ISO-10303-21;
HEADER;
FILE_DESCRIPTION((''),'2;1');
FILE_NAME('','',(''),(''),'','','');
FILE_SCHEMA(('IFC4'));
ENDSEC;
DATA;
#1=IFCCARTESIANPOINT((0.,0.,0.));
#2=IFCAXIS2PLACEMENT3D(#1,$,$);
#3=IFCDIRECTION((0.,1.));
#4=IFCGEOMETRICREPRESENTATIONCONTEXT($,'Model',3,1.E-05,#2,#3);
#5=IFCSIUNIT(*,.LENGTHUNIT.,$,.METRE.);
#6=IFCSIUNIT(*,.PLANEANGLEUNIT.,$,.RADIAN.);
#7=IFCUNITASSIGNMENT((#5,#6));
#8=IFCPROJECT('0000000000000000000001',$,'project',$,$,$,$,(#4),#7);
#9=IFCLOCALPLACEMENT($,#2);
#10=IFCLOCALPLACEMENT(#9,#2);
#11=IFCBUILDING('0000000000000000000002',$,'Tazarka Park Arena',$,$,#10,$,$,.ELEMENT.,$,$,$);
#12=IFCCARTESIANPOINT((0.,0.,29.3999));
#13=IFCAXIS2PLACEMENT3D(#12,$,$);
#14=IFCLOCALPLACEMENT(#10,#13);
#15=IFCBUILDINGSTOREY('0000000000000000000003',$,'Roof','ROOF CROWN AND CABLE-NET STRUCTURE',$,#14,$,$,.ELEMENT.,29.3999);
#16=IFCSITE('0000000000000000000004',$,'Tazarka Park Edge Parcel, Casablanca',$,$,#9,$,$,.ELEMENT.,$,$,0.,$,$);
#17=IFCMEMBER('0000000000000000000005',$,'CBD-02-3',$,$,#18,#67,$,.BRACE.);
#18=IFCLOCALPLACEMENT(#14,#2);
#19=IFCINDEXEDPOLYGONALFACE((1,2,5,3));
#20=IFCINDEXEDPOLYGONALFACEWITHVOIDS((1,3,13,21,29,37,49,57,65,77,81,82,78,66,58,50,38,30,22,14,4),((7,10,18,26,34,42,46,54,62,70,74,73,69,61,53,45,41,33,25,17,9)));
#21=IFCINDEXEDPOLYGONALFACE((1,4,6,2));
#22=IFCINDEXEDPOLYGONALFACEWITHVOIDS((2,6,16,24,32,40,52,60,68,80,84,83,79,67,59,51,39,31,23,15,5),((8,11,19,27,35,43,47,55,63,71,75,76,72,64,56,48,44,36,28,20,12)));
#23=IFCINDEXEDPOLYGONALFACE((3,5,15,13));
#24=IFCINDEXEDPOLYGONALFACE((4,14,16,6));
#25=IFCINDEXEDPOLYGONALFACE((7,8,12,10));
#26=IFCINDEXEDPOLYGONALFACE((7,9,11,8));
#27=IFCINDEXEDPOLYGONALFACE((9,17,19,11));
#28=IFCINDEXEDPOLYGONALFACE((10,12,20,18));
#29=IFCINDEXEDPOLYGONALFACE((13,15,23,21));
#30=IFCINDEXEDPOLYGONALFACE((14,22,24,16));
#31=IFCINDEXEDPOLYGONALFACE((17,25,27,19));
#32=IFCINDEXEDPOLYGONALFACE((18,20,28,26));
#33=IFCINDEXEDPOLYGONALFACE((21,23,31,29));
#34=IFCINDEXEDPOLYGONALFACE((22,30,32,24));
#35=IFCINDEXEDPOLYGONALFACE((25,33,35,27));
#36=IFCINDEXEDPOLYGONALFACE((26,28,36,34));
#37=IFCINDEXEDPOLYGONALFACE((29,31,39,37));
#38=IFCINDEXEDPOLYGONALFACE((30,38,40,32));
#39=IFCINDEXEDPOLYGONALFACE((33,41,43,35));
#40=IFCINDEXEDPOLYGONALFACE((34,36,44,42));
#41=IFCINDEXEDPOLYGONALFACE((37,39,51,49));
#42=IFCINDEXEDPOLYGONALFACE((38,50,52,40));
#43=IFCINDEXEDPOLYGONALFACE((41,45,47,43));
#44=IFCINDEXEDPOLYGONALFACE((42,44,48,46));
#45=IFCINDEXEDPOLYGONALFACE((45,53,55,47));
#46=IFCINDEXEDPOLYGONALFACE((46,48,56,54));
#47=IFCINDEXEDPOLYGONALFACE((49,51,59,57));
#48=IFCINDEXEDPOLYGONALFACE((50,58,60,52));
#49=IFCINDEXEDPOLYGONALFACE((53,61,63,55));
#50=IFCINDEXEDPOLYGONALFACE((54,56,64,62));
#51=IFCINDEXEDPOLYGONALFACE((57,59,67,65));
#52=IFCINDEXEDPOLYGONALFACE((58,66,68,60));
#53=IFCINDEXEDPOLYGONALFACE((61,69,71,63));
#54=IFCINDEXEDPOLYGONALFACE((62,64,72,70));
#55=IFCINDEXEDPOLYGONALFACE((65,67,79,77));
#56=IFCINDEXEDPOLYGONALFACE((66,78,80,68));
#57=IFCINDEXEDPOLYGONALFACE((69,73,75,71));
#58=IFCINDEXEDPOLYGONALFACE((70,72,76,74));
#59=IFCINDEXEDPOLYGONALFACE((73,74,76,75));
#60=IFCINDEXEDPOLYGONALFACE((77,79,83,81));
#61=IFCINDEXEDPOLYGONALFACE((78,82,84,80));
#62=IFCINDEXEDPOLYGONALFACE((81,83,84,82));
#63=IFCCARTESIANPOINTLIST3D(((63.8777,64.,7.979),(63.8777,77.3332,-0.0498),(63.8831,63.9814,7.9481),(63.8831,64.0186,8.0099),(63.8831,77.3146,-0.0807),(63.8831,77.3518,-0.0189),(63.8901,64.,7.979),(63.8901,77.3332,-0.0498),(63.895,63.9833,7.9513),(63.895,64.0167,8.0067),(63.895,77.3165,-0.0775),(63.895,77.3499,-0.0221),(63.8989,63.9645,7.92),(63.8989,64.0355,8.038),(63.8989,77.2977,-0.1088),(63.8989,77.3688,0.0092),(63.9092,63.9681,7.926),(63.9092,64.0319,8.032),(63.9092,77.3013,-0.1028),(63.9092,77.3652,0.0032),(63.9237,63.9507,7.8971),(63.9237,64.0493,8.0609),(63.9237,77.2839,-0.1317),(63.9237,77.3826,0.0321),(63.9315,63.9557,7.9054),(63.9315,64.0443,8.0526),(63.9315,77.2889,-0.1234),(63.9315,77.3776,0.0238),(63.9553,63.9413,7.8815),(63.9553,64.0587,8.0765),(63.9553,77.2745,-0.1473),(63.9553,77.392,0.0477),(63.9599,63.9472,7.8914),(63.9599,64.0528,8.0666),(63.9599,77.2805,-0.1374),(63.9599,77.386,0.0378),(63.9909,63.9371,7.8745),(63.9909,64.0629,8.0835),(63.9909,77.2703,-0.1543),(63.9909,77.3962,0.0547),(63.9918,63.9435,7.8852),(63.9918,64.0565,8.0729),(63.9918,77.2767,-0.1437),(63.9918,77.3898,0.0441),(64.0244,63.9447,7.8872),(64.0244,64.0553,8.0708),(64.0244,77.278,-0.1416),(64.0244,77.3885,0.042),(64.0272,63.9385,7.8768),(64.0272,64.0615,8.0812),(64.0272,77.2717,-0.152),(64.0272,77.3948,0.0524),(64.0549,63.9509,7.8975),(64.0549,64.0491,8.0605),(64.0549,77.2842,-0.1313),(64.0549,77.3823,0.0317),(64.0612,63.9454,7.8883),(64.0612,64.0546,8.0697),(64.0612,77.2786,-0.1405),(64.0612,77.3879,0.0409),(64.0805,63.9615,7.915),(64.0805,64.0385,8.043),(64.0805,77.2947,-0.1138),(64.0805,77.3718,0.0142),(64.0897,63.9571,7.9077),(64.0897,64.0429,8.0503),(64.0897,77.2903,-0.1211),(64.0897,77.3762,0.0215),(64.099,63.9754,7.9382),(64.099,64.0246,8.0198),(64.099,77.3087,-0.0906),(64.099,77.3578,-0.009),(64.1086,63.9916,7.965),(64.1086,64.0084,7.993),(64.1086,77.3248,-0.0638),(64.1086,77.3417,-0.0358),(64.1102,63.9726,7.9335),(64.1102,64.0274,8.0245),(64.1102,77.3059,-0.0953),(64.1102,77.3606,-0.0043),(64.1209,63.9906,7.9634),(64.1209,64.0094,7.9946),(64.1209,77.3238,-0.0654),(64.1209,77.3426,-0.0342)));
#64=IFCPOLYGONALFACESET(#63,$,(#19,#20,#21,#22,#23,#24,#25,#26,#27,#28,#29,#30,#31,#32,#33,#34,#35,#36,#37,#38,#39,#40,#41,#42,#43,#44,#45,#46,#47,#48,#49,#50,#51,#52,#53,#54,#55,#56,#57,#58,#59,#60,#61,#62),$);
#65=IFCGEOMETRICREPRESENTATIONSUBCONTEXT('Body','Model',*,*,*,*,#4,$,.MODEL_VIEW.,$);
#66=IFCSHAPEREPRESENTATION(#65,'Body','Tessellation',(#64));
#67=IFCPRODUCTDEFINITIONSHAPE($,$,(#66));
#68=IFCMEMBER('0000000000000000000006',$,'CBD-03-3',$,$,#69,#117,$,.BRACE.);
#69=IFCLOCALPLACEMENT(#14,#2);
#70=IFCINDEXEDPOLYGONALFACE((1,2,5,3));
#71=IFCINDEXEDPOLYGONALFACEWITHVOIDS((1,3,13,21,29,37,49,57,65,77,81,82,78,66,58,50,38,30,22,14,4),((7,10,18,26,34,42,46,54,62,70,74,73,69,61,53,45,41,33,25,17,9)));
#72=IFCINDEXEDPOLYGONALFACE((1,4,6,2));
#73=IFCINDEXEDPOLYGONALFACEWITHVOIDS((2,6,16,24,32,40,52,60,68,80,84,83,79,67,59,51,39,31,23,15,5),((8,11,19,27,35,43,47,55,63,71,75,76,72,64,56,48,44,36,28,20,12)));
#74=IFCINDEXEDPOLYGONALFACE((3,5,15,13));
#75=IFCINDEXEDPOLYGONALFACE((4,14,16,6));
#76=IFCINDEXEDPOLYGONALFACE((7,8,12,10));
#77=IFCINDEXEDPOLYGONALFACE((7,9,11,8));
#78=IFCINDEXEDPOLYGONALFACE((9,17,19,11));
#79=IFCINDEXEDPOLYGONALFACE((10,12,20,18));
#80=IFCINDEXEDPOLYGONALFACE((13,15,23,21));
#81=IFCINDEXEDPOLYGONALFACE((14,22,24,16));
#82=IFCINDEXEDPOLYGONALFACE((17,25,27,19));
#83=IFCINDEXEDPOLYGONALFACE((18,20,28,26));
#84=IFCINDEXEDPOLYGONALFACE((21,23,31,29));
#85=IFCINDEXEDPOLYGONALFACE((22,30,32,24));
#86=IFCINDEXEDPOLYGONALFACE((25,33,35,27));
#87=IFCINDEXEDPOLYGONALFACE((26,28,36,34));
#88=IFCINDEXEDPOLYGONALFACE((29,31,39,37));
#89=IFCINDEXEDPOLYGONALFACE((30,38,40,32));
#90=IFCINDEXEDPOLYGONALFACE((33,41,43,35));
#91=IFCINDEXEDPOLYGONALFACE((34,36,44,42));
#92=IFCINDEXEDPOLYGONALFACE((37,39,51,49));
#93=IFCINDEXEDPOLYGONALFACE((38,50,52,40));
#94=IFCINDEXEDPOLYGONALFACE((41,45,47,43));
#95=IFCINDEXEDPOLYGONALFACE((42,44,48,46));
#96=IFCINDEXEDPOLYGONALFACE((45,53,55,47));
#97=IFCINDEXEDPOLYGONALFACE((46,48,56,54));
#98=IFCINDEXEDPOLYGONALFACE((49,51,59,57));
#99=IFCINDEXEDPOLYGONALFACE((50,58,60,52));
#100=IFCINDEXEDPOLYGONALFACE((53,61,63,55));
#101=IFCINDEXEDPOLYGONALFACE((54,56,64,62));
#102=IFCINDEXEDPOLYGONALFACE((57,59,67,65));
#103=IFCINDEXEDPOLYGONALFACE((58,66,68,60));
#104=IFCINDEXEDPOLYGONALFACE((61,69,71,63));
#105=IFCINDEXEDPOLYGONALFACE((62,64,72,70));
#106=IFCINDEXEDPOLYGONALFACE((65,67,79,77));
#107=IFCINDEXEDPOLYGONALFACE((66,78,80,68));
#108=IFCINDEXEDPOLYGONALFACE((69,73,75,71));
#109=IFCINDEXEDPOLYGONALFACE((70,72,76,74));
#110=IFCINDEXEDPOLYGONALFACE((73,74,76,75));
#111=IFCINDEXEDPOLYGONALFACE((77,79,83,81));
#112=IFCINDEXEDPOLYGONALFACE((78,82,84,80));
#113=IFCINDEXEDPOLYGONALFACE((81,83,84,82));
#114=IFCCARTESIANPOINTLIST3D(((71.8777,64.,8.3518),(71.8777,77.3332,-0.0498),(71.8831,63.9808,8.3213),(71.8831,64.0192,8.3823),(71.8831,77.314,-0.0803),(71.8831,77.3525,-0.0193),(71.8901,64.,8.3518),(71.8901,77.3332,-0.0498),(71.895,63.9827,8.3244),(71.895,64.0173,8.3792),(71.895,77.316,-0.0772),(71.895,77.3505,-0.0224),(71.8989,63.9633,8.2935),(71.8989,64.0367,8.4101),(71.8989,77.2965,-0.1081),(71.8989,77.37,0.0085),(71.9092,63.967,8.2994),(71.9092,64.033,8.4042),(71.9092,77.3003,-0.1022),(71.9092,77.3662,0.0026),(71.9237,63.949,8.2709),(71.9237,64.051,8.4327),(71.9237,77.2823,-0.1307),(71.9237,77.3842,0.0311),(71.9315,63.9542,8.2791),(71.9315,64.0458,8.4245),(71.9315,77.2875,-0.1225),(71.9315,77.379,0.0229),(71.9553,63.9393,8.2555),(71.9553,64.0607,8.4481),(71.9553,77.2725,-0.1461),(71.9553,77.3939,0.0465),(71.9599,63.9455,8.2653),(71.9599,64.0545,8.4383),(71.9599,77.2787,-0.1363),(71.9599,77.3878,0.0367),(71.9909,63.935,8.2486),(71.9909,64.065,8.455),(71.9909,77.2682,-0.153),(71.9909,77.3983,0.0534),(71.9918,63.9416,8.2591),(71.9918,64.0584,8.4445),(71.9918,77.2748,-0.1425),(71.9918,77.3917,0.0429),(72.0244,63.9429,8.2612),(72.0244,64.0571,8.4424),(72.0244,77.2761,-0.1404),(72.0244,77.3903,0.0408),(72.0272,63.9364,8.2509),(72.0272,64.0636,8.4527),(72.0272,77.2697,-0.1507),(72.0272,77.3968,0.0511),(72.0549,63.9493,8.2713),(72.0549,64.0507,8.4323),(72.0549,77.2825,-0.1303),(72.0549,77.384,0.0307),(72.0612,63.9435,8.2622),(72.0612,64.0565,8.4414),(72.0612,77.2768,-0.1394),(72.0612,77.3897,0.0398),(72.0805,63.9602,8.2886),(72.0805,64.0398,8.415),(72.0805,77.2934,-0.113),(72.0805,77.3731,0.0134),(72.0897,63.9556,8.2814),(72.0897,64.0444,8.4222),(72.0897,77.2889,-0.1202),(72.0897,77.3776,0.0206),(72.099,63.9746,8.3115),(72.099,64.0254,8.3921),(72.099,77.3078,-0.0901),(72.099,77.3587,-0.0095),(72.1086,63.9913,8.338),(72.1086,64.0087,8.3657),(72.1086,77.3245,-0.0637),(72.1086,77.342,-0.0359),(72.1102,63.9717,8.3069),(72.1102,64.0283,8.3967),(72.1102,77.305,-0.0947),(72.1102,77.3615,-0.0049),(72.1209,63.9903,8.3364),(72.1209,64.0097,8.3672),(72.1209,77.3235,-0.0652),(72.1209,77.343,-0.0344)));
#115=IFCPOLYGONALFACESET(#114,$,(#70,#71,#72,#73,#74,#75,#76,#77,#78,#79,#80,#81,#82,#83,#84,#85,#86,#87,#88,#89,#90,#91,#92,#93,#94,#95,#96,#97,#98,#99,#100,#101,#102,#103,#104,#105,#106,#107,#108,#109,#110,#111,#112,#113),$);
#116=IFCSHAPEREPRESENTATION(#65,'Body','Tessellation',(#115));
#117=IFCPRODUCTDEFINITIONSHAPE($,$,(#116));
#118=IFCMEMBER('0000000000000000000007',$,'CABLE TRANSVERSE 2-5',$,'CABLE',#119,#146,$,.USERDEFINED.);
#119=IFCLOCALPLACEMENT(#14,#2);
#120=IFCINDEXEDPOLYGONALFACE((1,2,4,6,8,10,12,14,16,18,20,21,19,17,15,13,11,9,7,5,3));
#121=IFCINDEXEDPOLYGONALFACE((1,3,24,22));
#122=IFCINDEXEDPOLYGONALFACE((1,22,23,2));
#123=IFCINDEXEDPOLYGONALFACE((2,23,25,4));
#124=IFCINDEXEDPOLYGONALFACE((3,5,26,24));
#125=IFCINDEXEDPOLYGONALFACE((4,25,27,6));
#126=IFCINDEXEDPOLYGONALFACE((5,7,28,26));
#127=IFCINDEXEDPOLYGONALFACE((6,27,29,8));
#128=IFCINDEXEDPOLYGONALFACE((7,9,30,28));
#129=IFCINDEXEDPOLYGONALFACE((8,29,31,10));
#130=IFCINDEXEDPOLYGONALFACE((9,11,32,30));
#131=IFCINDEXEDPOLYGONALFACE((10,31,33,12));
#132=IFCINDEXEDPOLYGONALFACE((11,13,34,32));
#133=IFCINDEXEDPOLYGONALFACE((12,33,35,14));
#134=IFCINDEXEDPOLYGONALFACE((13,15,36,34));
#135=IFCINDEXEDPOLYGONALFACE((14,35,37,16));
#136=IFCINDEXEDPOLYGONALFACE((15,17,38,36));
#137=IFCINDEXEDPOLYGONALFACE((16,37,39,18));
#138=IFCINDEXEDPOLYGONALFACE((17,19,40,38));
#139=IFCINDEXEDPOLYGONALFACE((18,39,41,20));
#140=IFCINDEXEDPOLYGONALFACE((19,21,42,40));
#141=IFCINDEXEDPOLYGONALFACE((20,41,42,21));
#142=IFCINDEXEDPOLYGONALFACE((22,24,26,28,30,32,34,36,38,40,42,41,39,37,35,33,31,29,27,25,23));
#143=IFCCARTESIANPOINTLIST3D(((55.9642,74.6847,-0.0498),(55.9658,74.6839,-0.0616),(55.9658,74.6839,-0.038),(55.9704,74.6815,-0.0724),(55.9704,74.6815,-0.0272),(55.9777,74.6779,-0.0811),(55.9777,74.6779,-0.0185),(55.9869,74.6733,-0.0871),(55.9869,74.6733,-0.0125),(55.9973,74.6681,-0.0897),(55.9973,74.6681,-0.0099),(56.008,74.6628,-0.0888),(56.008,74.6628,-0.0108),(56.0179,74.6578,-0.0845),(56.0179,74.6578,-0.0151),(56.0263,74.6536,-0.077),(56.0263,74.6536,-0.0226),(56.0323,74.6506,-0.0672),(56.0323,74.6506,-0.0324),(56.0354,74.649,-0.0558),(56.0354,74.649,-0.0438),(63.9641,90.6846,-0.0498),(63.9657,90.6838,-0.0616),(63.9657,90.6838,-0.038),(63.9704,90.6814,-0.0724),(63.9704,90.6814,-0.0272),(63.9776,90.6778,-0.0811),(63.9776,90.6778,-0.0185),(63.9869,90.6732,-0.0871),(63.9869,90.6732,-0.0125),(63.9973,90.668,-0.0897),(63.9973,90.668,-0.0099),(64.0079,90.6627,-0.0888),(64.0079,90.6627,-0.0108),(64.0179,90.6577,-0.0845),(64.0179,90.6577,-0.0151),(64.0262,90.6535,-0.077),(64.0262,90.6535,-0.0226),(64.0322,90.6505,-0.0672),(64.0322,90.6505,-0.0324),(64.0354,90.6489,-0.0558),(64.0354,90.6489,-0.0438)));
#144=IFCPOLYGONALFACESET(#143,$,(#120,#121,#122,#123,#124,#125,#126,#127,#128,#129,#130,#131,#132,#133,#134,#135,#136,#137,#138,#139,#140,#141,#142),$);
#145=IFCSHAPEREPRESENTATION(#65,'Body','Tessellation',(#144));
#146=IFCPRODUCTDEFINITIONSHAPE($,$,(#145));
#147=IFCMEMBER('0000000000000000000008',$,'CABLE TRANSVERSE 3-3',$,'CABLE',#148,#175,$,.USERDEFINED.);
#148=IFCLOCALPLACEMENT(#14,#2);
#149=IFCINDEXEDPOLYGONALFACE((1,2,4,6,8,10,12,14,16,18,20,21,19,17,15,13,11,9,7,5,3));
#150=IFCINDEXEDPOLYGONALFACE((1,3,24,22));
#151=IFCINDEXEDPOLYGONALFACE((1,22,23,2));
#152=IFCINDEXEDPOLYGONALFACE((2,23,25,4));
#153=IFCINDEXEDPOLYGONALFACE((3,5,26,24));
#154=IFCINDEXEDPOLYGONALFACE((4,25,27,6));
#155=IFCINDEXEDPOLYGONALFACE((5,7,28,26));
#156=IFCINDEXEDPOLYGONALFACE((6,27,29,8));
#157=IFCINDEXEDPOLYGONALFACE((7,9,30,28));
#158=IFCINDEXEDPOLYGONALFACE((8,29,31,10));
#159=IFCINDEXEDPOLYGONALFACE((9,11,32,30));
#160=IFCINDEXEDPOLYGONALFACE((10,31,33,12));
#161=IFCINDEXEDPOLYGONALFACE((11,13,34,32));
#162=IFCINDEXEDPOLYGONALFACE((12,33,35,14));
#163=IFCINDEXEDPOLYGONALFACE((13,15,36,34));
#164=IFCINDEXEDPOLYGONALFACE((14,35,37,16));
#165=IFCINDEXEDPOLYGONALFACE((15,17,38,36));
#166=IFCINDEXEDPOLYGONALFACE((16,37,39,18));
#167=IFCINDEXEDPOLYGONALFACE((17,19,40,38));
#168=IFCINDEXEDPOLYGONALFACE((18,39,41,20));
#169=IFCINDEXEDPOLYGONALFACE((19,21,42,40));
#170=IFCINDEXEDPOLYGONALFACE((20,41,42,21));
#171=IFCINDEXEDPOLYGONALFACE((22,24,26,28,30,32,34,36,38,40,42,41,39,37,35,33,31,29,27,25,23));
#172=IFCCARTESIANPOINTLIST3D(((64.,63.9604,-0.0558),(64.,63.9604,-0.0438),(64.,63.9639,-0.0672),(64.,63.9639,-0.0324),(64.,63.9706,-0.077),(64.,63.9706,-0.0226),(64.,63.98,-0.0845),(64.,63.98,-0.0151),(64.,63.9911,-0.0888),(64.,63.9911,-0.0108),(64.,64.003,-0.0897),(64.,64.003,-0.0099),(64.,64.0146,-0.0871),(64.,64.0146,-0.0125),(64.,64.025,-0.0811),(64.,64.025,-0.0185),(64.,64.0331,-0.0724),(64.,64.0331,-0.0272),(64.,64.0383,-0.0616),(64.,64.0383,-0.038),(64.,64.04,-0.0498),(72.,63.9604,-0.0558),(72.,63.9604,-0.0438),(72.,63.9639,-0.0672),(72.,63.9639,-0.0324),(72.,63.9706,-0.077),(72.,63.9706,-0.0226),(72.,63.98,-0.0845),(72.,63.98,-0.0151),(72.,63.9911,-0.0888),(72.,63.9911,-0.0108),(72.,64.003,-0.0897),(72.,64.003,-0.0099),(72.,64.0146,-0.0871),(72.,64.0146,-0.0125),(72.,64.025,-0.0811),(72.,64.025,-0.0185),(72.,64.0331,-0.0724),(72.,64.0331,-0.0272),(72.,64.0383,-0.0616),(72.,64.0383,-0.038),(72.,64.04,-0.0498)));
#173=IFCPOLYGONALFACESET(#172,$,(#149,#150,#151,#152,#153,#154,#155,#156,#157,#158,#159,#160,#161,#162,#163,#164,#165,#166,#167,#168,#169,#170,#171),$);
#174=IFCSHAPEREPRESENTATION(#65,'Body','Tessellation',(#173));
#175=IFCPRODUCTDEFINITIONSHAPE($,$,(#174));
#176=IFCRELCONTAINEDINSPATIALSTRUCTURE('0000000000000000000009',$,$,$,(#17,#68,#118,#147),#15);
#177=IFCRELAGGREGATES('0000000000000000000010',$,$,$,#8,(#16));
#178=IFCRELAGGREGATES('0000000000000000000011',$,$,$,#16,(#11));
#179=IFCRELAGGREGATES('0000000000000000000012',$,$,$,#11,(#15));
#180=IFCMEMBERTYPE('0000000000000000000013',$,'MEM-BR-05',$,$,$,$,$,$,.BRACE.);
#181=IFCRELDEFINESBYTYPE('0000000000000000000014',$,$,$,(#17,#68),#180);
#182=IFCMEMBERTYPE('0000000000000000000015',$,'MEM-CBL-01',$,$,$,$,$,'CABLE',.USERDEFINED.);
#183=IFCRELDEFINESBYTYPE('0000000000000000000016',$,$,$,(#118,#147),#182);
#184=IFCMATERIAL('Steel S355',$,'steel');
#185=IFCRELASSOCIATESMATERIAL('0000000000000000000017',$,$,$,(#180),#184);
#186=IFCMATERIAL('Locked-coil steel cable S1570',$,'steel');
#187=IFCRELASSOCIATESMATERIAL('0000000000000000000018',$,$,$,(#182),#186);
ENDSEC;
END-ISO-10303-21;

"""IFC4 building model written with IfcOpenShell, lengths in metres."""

from ifc_helpers import new_model, si_unit, direction, frame, origin, origin_2d, place, context, subcontext, project, spatial, circle, hollow_circle, extrude, material, material_profile, profile_set, type_object, element, save


model = new_model("IFC4")

# Units and contexts
model_context = context("Model", 3, precision=1e-05, world=origin(), true_north=direction((0.0, 1.0)))
body_context = subcontext(model_context, "Body", "Model", "MODEL_VIEW")
ifc_project = project(units=[si_unit("LENGTHUNIT", "METRE"), si_unit("PLANEANGLEUNIT", "RADIAN")], contexts=[model_context])

# Site, building, storey
site_placement = place(None, origin())
site = spatial("IfcSite", under=ifc_project, at=site_placement, Name="Tazarka Park Edge Parcel, Casablanca", CompositionType="ELEMENT", RefElevation=0.0)
building_placement = place(site_placement, origin())
building = spatial("IfcBuilding", under=site, at=building_placement, Name="Tazarka Park Arena", CompositionType="ELEMENT")
storey_placement = place(building_placement, frame((0.0, 0.0, 29.3999)))
storey = spatial("IfcBuildingStorey", under=building, at=storey_placement, Name="Roof", Description="ROOF CROWN AND CABLE-NET STRUCTURE", CompositionType="ELEMENT", Elevation=29.3999)

# Members
ifc_material_1 = material(Name="Steel S355", Category="steel")
ifc_material_profile_1 = material_profile(ifc_material_1, hollow_circle(Radius=0.1223, WallThickness=0.0125, at=origin_2d()), Name="Steel S355")
ifc_profile_set_1 = profile_set([ifc_material_profile_1], Name="Steel S355")
member_type_1 = type_object("IfcMemberType", Name="MEM-BR-05", PredefinedType="BRACE", material=ifc_profile_set_1)
member_1_placement = place(storey_placement, frame((64.0, 64.0, 7.979), z_axis=(0.0, 0.856674, -0.515858), x_axis=(-1.0, 0.0, 0.0)))
element("IfcMember", 1, at=member_1_placement, inside=storey, type_object=member_type_1, Name="CBD-02-3", PredefinedType="BRACE", context=body_context, shape_type="SweptSolid", body=[
    extrude(hollow_circle(Radius=0.1223, WallThickness=0.0125, at=origin_2d()), origin(), (0.0, 0.0, 1.0), 15.564),
])
member_2_placement = place(storey_placement, frame((72.0, 64.0, 8.3518), z_axis=(0.0, 0.846044, -0.533113), x_axis=(-1.0, 0.0, 0.0)))
element("IfcMember", 2, at=member_2_placement, inside=storey, type_object=member_type_1, Name="CBD-03-3", PredefinedType="BRACE", context=body_context, shape_type="SweptSolid", body=[
    extrude(hollow_circle(Radius=0.1223, WallThickness=0.0125, at=origin_2d()), origin(), (0.0, 0.0, 1.0), 15.7595),
])
ifc_material_2 = material(Name="Locked-coil steel cable S1570", Category="steel")
ifc_material_profile_2 = material_profile(ifc_material_2, circle(Radius=0.04, at=origin_2d()), Name="Locked-coil steel cable S1570")
ifc_profile_set_2 = profile_set([ifc_material_profile_2], Name="Locked-coil steel cable S1570")
member_type_2 = type_object("IfcMemberType", Name="MEM-CBL-01", ElementType="CABLE", PredefinedType="USERDEFINED", material=ifc_profile_set_2)
member_3_placement = place(storey_placement, frame((56.0, 74.6667, -0.0498), z_axis=(0.447214, 0.894427, 0.0), x_axis=(-0.894427, 0.447214, 0.0)))
element("IfcMember", 3, at=member_3_placement, inside=storey, type_object=member_type_2, Name="CABLE TRANSVERSE 2-5", ObjectType="CABLE", PredefinedType="USERDEFINED", context=body_context, shape_type="SweptSolid", body=[
    extrude(circle(Radius=0.04, at=origin_2d()), origin(), (0.0, 0.0, 1.0), 17.8884),
])
member_4_placement = place(storey_placement, frame((64.0, 64.0, -0.0498), z_axis=(1.0, 0.0, 0.0), x_axis=(0.0, 1.0, 0.0)))
element("IfcMember", 4, at=member_4_placement, inside=storey, type_object=member_type_2, Name="CABLE TRANSVERSE 3-3", ObjectType="CABLE", PredefinedType="USERDEFINED", context=body_context, shape_type="SweptSolid", body=[
    extrude(circle(Radius=0.04, at=origin_2d()), origin(), (0.0, 0.0, 1.0), 8.0),
])

save(model, "model.ifc")
